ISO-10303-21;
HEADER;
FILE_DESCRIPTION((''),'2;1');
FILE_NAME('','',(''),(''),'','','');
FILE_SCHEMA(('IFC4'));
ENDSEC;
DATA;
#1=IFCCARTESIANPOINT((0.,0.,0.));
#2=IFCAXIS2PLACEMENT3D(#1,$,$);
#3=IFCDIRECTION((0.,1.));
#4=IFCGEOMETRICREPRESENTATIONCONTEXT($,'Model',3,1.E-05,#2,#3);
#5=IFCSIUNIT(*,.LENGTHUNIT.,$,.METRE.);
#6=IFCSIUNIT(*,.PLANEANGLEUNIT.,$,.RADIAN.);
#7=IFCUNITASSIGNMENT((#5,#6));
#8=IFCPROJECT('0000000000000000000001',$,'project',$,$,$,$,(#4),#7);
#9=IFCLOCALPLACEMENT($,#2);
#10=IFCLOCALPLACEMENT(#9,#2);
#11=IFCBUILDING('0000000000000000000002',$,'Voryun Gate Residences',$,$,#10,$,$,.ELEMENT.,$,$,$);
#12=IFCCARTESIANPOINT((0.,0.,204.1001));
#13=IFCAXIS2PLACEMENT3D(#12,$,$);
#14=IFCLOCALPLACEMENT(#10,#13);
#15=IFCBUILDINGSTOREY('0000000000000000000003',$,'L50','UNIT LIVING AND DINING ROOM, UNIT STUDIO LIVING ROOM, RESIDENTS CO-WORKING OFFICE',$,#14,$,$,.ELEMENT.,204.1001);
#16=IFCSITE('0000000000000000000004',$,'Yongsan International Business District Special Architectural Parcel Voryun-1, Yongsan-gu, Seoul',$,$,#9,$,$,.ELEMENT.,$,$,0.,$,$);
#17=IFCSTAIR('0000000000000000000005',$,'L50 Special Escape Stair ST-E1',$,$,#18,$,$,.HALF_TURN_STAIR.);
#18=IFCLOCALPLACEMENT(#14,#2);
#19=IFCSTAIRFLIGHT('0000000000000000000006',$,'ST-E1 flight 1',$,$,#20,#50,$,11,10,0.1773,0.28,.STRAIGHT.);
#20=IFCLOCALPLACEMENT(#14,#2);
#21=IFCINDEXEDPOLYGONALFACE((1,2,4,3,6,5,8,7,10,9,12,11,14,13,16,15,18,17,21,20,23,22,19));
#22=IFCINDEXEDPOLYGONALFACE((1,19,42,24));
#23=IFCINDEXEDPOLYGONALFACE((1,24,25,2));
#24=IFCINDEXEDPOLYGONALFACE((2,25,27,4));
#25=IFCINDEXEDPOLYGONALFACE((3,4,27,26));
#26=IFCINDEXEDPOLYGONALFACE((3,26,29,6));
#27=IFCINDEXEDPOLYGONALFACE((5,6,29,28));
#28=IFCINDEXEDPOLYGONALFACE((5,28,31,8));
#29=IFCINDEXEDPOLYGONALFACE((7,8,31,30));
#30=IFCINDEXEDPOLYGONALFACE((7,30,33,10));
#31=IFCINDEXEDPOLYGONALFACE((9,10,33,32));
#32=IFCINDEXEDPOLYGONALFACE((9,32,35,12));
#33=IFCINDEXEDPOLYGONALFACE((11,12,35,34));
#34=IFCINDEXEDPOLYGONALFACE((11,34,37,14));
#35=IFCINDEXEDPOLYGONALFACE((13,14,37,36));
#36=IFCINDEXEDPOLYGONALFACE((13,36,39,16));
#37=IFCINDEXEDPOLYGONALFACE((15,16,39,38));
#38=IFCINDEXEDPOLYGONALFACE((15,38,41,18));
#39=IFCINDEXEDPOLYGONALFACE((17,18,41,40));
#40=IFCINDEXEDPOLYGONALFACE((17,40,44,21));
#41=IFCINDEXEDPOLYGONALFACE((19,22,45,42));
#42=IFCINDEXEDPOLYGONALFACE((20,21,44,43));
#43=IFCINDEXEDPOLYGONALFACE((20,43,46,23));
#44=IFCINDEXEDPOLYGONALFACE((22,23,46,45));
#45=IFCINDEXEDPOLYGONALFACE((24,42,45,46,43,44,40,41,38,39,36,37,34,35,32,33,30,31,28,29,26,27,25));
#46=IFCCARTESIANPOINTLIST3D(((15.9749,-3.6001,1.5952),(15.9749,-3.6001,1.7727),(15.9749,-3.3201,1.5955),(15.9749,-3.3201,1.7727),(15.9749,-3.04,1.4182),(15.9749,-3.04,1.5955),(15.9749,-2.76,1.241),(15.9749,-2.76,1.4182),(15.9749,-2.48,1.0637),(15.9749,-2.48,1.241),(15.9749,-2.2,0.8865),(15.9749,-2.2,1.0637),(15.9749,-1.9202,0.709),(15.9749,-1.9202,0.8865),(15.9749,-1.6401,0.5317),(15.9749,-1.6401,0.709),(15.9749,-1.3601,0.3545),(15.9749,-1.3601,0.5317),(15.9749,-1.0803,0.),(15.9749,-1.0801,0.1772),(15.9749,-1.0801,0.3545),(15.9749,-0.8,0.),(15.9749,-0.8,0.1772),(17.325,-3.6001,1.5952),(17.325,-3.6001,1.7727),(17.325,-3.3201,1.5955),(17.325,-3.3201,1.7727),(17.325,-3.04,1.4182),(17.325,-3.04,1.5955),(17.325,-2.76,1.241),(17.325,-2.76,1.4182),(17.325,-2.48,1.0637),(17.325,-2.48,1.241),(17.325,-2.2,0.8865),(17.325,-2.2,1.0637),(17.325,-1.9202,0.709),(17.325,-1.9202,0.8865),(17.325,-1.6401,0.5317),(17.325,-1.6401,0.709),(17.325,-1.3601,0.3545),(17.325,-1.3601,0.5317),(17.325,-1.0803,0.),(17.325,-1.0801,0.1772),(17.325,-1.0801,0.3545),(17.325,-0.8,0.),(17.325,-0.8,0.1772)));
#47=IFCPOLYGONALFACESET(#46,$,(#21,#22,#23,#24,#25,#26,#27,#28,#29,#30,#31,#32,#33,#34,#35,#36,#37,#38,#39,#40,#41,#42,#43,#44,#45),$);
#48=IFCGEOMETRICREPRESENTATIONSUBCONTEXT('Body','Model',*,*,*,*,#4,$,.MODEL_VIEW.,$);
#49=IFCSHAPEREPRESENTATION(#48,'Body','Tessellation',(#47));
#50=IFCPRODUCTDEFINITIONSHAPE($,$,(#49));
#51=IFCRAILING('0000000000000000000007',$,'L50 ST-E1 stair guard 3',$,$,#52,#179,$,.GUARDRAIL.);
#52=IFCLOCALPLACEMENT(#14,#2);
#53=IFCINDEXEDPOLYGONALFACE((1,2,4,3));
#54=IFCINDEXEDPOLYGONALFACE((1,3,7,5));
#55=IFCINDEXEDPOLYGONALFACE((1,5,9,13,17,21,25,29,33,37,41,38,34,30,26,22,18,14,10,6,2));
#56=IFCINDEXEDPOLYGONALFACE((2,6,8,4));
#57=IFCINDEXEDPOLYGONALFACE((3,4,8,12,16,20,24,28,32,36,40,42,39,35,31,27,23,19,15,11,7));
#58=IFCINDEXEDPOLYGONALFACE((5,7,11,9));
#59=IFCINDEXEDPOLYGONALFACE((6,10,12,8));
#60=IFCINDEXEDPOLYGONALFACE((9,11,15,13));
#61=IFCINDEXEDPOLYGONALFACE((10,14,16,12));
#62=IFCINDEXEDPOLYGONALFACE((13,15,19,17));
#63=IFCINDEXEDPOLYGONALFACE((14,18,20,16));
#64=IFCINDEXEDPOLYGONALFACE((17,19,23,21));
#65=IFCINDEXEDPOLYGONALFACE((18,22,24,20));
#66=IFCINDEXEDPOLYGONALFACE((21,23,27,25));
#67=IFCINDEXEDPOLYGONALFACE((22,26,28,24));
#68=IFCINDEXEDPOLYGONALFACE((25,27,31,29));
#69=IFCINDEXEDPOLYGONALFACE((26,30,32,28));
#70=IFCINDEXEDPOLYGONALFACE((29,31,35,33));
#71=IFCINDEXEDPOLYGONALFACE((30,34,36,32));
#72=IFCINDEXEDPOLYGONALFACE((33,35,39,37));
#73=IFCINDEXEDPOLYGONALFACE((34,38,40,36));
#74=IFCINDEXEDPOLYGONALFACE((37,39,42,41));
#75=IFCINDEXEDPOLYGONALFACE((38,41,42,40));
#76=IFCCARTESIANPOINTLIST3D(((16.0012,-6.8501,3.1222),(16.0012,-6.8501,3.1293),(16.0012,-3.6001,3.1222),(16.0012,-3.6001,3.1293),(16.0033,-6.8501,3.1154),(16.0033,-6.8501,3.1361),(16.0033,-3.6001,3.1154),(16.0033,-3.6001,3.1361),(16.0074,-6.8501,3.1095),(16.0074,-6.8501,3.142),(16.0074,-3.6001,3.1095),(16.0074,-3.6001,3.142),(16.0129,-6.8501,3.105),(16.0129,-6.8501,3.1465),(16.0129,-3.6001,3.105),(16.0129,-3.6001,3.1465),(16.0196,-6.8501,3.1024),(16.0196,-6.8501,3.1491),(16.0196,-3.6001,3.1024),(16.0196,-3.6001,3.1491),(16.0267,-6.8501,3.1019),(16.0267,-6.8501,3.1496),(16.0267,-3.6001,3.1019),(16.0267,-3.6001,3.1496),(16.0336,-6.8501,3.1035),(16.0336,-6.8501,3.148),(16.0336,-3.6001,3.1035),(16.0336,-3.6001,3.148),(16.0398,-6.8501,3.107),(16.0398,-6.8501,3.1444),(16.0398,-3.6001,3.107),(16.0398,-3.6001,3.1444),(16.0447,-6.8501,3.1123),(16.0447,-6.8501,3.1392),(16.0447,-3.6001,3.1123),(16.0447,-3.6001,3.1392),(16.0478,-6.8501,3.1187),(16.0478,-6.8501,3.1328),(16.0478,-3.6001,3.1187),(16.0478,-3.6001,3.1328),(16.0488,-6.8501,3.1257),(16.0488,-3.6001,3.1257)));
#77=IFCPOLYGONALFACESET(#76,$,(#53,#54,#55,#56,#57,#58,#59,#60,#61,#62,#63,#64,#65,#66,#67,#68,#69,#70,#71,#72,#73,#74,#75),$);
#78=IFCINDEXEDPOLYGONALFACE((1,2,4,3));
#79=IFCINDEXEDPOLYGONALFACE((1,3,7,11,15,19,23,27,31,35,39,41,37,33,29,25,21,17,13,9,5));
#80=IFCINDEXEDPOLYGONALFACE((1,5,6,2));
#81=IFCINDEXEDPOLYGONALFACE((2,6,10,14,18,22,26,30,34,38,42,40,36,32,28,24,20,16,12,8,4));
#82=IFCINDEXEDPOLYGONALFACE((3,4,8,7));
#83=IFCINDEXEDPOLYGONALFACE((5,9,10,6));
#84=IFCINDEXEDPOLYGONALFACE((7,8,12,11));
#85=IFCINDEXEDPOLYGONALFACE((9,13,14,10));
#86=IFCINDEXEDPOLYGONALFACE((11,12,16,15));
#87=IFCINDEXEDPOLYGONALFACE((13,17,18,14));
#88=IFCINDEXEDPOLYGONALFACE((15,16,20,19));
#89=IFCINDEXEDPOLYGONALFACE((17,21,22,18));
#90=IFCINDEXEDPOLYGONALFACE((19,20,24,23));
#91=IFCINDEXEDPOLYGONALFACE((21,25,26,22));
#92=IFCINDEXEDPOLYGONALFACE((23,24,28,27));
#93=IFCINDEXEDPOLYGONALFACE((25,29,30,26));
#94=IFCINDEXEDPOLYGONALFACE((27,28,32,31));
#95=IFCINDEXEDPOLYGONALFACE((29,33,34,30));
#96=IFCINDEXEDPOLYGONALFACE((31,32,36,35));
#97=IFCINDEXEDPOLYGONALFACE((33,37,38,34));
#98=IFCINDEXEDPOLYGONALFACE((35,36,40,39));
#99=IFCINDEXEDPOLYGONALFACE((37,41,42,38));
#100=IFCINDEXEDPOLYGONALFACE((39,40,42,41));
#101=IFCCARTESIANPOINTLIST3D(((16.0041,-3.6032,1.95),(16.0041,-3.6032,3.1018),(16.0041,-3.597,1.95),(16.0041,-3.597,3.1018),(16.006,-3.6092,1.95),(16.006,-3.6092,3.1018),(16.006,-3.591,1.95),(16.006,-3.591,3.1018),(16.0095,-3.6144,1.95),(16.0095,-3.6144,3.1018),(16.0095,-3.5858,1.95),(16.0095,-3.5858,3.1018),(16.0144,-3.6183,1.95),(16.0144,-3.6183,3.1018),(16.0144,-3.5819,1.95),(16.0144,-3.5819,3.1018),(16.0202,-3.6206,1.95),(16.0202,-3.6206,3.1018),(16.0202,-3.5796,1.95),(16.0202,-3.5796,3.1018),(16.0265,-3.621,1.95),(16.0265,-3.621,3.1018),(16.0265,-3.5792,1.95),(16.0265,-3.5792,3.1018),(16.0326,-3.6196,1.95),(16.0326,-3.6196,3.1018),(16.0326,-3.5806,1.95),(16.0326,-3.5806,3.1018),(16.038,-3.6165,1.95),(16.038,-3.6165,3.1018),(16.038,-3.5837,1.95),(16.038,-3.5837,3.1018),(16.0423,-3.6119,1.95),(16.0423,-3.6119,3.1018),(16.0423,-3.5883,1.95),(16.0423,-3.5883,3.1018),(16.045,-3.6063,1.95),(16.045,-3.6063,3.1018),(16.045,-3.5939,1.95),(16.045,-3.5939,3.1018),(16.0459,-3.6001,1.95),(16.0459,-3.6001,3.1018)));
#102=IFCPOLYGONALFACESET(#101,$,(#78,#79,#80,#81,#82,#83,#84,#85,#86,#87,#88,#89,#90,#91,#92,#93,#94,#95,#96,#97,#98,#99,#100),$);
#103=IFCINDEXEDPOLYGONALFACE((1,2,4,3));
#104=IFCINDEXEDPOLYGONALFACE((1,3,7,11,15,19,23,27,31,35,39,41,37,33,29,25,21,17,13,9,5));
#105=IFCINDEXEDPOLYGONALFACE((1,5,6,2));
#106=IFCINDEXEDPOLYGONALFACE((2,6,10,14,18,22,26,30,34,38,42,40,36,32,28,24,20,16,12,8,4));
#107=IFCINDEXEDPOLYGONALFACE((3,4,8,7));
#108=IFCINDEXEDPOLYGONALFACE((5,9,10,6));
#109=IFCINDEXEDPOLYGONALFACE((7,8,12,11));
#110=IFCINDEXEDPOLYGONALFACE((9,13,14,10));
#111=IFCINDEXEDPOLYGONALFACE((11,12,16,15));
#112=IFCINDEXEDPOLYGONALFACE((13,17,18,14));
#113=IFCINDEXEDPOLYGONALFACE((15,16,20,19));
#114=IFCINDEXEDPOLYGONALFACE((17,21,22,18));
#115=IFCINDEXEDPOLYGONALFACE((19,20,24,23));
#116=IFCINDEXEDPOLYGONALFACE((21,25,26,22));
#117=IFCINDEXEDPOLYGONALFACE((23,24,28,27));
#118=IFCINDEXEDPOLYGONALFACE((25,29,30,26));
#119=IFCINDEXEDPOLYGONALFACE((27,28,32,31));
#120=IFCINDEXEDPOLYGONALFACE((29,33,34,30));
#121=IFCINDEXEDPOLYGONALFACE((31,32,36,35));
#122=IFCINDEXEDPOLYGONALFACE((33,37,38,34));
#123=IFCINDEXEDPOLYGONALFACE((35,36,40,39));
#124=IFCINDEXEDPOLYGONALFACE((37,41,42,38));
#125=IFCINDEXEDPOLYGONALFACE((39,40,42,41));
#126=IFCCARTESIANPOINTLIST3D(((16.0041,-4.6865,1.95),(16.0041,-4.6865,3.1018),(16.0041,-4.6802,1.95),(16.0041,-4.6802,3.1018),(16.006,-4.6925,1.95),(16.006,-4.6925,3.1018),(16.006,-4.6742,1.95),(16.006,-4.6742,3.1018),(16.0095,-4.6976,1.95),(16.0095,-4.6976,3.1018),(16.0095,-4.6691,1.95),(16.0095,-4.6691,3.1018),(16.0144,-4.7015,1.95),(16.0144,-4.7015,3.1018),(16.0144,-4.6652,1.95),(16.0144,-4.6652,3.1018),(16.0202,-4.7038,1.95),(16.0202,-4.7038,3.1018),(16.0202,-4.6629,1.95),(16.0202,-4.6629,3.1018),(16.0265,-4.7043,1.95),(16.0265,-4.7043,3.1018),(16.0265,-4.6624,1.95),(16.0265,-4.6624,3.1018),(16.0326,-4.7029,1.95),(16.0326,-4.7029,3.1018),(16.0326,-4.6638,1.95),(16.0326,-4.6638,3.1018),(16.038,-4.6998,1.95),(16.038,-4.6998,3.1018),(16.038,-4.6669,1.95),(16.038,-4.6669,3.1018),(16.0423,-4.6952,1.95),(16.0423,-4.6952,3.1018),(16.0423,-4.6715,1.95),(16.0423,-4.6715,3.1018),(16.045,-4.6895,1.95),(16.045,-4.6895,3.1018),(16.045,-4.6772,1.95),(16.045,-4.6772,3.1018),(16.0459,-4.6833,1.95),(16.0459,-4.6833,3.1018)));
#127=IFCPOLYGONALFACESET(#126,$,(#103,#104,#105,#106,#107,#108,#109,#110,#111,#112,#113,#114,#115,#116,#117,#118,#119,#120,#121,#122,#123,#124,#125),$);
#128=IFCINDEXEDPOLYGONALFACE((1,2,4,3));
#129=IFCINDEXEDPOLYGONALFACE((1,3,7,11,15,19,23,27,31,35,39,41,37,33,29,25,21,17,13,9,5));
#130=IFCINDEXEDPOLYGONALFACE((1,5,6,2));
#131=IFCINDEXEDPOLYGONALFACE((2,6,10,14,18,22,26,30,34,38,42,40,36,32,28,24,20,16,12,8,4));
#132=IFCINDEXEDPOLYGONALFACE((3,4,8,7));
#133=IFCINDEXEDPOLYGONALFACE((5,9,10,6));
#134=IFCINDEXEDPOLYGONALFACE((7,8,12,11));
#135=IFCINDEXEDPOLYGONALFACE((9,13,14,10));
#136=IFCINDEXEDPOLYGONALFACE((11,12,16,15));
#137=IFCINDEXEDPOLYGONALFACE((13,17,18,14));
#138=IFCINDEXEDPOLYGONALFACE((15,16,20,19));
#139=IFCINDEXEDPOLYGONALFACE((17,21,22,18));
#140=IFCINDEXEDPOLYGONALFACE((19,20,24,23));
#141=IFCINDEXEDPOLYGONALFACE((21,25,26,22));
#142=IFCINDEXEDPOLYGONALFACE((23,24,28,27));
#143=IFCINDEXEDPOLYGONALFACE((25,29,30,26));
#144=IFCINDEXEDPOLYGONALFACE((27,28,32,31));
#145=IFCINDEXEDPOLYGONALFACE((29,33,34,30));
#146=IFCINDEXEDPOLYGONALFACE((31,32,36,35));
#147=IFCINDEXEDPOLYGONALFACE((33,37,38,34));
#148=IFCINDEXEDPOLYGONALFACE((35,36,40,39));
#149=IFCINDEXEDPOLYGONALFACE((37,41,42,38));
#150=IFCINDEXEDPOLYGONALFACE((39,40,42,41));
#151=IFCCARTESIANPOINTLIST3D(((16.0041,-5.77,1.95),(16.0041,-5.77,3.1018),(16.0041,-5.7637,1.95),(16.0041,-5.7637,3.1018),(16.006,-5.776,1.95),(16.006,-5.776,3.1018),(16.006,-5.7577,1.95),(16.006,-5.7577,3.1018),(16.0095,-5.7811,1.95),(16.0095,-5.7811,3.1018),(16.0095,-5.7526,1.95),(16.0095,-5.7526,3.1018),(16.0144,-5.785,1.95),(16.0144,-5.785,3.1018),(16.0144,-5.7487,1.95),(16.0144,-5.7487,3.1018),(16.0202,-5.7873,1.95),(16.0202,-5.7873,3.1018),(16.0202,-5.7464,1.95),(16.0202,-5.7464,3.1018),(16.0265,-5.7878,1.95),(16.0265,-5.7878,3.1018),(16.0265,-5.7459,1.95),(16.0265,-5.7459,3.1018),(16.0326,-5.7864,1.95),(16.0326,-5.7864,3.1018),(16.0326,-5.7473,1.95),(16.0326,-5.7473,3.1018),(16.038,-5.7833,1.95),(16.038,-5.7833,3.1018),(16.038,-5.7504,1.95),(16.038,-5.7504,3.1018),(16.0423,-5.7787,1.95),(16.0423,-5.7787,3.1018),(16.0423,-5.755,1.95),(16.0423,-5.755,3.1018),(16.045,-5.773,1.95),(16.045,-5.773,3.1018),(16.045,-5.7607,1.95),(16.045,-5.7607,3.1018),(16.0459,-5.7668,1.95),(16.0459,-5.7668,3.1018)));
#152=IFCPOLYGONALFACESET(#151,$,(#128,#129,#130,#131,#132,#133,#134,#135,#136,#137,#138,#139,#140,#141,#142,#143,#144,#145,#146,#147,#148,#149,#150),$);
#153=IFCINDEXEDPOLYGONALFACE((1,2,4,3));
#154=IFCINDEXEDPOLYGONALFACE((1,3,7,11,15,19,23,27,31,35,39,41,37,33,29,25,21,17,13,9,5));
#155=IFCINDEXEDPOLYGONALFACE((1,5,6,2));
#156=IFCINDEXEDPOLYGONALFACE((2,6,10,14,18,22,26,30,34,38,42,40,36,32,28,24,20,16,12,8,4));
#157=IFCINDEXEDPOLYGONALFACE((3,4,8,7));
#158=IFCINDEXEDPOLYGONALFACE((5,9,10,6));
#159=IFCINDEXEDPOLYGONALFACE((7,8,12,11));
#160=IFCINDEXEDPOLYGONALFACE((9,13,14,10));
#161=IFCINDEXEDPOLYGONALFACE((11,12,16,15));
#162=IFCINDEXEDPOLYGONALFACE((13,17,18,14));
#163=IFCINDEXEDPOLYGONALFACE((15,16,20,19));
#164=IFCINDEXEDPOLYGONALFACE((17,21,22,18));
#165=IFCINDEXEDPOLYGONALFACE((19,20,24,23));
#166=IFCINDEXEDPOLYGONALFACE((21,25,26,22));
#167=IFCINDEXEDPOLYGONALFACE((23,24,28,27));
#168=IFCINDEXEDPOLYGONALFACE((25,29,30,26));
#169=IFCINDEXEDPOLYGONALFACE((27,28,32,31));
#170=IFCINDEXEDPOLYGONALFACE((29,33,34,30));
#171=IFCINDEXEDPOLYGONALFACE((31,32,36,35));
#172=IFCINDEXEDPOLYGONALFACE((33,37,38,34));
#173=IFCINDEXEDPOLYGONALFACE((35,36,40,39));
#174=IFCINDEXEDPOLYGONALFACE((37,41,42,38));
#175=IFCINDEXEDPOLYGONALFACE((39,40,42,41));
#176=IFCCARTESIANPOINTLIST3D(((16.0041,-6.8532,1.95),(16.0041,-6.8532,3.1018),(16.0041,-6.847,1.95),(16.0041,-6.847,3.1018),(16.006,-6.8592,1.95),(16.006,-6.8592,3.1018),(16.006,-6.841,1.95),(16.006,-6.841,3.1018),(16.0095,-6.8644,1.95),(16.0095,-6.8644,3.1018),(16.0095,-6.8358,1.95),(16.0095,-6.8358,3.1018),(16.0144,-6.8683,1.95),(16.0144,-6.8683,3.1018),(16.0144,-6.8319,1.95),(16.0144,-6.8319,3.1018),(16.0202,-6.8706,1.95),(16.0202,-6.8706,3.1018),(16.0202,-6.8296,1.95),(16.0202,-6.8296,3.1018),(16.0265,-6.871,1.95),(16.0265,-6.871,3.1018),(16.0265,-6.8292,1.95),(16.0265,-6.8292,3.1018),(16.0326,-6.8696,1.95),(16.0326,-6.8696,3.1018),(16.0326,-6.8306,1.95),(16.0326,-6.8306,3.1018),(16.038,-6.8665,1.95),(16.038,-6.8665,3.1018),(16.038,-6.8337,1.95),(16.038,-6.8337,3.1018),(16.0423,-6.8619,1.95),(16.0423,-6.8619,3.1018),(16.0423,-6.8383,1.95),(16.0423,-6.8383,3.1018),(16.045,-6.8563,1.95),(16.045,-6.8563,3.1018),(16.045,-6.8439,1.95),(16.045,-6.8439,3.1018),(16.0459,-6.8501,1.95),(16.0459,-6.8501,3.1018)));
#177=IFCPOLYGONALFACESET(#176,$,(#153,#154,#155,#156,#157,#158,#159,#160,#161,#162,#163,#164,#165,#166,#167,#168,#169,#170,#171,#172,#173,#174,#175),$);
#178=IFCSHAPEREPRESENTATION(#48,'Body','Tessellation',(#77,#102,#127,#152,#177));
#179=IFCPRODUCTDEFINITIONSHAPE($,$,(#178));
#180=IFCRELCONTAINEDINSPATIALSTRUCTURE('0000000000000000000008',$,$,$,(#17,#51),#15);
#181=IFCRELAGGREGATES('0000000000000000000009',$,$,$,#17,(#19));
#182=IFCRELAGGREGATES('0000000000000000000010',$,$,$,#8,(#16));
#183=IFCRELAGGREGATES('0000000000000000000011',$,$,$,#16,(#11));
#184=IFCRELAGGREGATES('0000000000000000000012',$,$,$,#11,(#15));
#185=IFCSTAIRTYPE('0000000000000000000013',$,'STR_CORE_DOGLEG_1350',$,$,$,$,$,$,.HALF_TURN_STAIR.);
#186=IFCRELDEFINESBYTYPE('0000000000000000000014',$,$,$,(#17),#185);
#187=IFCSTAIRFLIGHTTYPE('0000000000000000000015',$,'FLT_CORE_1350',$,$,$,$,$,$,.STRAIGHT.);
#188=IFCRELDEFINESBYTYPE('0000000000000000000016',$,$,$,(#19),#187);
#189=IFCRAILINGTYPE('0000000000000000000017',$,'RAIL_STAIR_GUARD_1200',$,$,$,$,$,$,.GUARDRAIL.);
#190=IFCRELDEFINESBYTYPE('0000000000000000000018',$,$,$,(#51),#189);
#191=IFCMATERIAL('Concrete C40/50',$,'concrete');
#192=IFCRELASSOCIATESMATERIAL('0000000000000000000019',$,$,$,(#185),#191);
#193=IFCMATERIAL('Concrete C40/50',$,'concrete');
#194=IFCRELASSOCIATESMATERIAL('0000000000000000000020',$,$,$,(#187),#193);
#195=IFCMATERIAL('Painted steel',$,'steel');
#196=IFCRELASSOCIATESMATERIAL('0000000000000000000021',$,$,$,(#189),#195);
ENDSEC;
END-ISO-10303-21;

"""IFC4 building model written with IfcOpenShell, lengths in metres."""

from ifc_helpers import new_model, si_unit, direction, frame, origin, origin_2d, place, context, subcontext, project, spatial, polyline, circle, outline, extrude, material, type_object, element, aggregate, save


model = new_model("IFC4")

# Units and contexts
model_context = context("Model", 3, precision=1e-05, world=origin(), true_north=direction((0.0, 1.0)))
body_context = subcontext(model_context, "Body", "Model", "MODEL_VIEW")
ifc_project = project(units=[si_unit("LENGTHUNIT", "METRE"), si_unit("PLANEANGLEUNIT", "RADIAN")], contexts=[model_context])

# Site, building, storey
site_placement = place(None, origin())
site = spatial("IfcSite", under=ifc_project, at=site_placement, Name="Yongsan International Business District Special Architectural Parcel Voryun-1, Yongsan-gu, Seoul", CompositionType="ELEMENT", RefElevation=0.0)
building_placement = place(site_placement, origin())
building = spatial("IfcBuilding", under=site, at=building_placement, Name="Voryun Gate Residences", CompositionType="ELEMENT")
storey_placement = place(building_placement, frame((0.0, 0.0, 204.1001)))
storey = spatial("IfcBuildingStorey", under=building, at=storey_placement, Name="L50", Description="UNIT LIVING AND DINING ROOM, UNIT STUDIO LIVING ROOM, RESIDENTS CO-WORKING OFFICE", CompositionType="ELEMENT", Elevation=204.1001)

# Stair, stair flight
ifc_material_1 = material(Name="Concrete C40/50", Category="concrete")
stair_type = type_object("IfcStairType", Name="STR_CORE_DOGLEG_1350", PredefinedType="HALF_TURN_STAIR", material=ifc_material_1)
stair_placement = place(storey_placement, origin())
stair = element("IfcStair", 1, at=stair_placement, inside=storey, type_object=stair_type, Name="L50 Special Escape Stair ST-E1", PredefinedType="HALF_TURN_STAIR")
ifc_material_2 = material(Name="Concrete C40/50", Category="concrete")
stair_flight_type = type_object("IfcStairFlightType", Name="FLT_CORE_1350", PredefinedType="STRAIGHT", material=ifc_material_2)
stair_flight_placement = place(storey_placement, frame((16.6499, -0.8, 0.0), z_axis=(0.0, 0.0, 1.0), x_axis=(0.0, -1.0, 0.0)))
stair_flight = element("IfcStairFlight", 2, at=stair_flight_placement, type_object=stair_flight_type, Name="ST-E1 flight 1", NumberOfRisers=11, NumberOfTreads=10, PredefinedType="STRAIGHT", RiserHeight=0.1773, TreadLength=0.28, context=body_context, shape_type="SweptSolid", body=[
    extrude(outline(polyline([(0.0, 0.0), (0.0, 0.1772), (0.28, 0.1772), (0.28, 0.3545), (0.5601, 0.3545), (0.5601, 0.5317), (0.8401, 0.5317), (0.8401, 0.709), (1.1201, 0.709), (1.1201, 0.8865), (1.3999, 0.8865), (1.3999, 1.0637), (1.6799, 1.0637), (1.6799, 1.241), (1.96, 1.241), (1.96, 1.4182), (2.24, 1.4182), (2.24, 1.5955), (2.52, 1.5955), (2.52, 1.7727), (2.8, 1.7727), (2.8, 1.95), (2.8, 1.5952), (0.2803, 0.0), (0.0, 0.0)])), frame((0.0, 0.675, 0.0), z_axis=(0.0, -1.0, 0.0), x_axis=(1.0, 0.0, 0.0)), (0.0, 0.0, 1.0), 1.3501),
])
aggregate(stair, [stair_flight])

# Railing
ifc_material_3 = material(Name="Painted steel", Category="steel")
railing_type_1 = type_object("IfcRailingType", Name="RAIL_STAIR_GUARD_1200", PredefinedType="GUARDRAIL", material=ifc_material_3)
railing_1_placement = place(storey_placement, frame((16.0249, -3.6001, 1.95)))
element("IfcRailing", 3, at=railing_1_placement, inside=storey, type_object=railing_type_1, Name="L50 ST-E1 stair guard 3", PredefinedType="GUARDRAIL", context=body_context, shape_type="SweptSolid", body=[
    extrude(circle(Radius=0.0239, at=origin_2d()), frame((0.0, 0.0, 1.1758), z_axis=(0.0, -1.0, 0.0), x_axis=(1.0, 0.0, 0.0)), (0.0, 0.0, 1.0), 3.25),
    extrude(circle(Radius=0.021, at=origin_2d()), origin(), (0.0, 0.0, 1.0), 1.1519),
    extrude(circle(Radius=0.021, at=origin_2d()), frame((0.0, -1.0833, 0.0)), (0.0, 0.0, 1.0), 1.1519),
    extrude(circle(Radius=0.021, at=origin_2d()), frame((0.0, -2.1667, 0.0)), (0.0, 0.0, 1.0), 1.1519),
    extrude(circle(Radius=0.021, at=origin_2d()), frame((0.0, -3.25, 0.0)), (0.0, 0.0, 1.0), 1.1519),
])

save(model, "model.ifc")
